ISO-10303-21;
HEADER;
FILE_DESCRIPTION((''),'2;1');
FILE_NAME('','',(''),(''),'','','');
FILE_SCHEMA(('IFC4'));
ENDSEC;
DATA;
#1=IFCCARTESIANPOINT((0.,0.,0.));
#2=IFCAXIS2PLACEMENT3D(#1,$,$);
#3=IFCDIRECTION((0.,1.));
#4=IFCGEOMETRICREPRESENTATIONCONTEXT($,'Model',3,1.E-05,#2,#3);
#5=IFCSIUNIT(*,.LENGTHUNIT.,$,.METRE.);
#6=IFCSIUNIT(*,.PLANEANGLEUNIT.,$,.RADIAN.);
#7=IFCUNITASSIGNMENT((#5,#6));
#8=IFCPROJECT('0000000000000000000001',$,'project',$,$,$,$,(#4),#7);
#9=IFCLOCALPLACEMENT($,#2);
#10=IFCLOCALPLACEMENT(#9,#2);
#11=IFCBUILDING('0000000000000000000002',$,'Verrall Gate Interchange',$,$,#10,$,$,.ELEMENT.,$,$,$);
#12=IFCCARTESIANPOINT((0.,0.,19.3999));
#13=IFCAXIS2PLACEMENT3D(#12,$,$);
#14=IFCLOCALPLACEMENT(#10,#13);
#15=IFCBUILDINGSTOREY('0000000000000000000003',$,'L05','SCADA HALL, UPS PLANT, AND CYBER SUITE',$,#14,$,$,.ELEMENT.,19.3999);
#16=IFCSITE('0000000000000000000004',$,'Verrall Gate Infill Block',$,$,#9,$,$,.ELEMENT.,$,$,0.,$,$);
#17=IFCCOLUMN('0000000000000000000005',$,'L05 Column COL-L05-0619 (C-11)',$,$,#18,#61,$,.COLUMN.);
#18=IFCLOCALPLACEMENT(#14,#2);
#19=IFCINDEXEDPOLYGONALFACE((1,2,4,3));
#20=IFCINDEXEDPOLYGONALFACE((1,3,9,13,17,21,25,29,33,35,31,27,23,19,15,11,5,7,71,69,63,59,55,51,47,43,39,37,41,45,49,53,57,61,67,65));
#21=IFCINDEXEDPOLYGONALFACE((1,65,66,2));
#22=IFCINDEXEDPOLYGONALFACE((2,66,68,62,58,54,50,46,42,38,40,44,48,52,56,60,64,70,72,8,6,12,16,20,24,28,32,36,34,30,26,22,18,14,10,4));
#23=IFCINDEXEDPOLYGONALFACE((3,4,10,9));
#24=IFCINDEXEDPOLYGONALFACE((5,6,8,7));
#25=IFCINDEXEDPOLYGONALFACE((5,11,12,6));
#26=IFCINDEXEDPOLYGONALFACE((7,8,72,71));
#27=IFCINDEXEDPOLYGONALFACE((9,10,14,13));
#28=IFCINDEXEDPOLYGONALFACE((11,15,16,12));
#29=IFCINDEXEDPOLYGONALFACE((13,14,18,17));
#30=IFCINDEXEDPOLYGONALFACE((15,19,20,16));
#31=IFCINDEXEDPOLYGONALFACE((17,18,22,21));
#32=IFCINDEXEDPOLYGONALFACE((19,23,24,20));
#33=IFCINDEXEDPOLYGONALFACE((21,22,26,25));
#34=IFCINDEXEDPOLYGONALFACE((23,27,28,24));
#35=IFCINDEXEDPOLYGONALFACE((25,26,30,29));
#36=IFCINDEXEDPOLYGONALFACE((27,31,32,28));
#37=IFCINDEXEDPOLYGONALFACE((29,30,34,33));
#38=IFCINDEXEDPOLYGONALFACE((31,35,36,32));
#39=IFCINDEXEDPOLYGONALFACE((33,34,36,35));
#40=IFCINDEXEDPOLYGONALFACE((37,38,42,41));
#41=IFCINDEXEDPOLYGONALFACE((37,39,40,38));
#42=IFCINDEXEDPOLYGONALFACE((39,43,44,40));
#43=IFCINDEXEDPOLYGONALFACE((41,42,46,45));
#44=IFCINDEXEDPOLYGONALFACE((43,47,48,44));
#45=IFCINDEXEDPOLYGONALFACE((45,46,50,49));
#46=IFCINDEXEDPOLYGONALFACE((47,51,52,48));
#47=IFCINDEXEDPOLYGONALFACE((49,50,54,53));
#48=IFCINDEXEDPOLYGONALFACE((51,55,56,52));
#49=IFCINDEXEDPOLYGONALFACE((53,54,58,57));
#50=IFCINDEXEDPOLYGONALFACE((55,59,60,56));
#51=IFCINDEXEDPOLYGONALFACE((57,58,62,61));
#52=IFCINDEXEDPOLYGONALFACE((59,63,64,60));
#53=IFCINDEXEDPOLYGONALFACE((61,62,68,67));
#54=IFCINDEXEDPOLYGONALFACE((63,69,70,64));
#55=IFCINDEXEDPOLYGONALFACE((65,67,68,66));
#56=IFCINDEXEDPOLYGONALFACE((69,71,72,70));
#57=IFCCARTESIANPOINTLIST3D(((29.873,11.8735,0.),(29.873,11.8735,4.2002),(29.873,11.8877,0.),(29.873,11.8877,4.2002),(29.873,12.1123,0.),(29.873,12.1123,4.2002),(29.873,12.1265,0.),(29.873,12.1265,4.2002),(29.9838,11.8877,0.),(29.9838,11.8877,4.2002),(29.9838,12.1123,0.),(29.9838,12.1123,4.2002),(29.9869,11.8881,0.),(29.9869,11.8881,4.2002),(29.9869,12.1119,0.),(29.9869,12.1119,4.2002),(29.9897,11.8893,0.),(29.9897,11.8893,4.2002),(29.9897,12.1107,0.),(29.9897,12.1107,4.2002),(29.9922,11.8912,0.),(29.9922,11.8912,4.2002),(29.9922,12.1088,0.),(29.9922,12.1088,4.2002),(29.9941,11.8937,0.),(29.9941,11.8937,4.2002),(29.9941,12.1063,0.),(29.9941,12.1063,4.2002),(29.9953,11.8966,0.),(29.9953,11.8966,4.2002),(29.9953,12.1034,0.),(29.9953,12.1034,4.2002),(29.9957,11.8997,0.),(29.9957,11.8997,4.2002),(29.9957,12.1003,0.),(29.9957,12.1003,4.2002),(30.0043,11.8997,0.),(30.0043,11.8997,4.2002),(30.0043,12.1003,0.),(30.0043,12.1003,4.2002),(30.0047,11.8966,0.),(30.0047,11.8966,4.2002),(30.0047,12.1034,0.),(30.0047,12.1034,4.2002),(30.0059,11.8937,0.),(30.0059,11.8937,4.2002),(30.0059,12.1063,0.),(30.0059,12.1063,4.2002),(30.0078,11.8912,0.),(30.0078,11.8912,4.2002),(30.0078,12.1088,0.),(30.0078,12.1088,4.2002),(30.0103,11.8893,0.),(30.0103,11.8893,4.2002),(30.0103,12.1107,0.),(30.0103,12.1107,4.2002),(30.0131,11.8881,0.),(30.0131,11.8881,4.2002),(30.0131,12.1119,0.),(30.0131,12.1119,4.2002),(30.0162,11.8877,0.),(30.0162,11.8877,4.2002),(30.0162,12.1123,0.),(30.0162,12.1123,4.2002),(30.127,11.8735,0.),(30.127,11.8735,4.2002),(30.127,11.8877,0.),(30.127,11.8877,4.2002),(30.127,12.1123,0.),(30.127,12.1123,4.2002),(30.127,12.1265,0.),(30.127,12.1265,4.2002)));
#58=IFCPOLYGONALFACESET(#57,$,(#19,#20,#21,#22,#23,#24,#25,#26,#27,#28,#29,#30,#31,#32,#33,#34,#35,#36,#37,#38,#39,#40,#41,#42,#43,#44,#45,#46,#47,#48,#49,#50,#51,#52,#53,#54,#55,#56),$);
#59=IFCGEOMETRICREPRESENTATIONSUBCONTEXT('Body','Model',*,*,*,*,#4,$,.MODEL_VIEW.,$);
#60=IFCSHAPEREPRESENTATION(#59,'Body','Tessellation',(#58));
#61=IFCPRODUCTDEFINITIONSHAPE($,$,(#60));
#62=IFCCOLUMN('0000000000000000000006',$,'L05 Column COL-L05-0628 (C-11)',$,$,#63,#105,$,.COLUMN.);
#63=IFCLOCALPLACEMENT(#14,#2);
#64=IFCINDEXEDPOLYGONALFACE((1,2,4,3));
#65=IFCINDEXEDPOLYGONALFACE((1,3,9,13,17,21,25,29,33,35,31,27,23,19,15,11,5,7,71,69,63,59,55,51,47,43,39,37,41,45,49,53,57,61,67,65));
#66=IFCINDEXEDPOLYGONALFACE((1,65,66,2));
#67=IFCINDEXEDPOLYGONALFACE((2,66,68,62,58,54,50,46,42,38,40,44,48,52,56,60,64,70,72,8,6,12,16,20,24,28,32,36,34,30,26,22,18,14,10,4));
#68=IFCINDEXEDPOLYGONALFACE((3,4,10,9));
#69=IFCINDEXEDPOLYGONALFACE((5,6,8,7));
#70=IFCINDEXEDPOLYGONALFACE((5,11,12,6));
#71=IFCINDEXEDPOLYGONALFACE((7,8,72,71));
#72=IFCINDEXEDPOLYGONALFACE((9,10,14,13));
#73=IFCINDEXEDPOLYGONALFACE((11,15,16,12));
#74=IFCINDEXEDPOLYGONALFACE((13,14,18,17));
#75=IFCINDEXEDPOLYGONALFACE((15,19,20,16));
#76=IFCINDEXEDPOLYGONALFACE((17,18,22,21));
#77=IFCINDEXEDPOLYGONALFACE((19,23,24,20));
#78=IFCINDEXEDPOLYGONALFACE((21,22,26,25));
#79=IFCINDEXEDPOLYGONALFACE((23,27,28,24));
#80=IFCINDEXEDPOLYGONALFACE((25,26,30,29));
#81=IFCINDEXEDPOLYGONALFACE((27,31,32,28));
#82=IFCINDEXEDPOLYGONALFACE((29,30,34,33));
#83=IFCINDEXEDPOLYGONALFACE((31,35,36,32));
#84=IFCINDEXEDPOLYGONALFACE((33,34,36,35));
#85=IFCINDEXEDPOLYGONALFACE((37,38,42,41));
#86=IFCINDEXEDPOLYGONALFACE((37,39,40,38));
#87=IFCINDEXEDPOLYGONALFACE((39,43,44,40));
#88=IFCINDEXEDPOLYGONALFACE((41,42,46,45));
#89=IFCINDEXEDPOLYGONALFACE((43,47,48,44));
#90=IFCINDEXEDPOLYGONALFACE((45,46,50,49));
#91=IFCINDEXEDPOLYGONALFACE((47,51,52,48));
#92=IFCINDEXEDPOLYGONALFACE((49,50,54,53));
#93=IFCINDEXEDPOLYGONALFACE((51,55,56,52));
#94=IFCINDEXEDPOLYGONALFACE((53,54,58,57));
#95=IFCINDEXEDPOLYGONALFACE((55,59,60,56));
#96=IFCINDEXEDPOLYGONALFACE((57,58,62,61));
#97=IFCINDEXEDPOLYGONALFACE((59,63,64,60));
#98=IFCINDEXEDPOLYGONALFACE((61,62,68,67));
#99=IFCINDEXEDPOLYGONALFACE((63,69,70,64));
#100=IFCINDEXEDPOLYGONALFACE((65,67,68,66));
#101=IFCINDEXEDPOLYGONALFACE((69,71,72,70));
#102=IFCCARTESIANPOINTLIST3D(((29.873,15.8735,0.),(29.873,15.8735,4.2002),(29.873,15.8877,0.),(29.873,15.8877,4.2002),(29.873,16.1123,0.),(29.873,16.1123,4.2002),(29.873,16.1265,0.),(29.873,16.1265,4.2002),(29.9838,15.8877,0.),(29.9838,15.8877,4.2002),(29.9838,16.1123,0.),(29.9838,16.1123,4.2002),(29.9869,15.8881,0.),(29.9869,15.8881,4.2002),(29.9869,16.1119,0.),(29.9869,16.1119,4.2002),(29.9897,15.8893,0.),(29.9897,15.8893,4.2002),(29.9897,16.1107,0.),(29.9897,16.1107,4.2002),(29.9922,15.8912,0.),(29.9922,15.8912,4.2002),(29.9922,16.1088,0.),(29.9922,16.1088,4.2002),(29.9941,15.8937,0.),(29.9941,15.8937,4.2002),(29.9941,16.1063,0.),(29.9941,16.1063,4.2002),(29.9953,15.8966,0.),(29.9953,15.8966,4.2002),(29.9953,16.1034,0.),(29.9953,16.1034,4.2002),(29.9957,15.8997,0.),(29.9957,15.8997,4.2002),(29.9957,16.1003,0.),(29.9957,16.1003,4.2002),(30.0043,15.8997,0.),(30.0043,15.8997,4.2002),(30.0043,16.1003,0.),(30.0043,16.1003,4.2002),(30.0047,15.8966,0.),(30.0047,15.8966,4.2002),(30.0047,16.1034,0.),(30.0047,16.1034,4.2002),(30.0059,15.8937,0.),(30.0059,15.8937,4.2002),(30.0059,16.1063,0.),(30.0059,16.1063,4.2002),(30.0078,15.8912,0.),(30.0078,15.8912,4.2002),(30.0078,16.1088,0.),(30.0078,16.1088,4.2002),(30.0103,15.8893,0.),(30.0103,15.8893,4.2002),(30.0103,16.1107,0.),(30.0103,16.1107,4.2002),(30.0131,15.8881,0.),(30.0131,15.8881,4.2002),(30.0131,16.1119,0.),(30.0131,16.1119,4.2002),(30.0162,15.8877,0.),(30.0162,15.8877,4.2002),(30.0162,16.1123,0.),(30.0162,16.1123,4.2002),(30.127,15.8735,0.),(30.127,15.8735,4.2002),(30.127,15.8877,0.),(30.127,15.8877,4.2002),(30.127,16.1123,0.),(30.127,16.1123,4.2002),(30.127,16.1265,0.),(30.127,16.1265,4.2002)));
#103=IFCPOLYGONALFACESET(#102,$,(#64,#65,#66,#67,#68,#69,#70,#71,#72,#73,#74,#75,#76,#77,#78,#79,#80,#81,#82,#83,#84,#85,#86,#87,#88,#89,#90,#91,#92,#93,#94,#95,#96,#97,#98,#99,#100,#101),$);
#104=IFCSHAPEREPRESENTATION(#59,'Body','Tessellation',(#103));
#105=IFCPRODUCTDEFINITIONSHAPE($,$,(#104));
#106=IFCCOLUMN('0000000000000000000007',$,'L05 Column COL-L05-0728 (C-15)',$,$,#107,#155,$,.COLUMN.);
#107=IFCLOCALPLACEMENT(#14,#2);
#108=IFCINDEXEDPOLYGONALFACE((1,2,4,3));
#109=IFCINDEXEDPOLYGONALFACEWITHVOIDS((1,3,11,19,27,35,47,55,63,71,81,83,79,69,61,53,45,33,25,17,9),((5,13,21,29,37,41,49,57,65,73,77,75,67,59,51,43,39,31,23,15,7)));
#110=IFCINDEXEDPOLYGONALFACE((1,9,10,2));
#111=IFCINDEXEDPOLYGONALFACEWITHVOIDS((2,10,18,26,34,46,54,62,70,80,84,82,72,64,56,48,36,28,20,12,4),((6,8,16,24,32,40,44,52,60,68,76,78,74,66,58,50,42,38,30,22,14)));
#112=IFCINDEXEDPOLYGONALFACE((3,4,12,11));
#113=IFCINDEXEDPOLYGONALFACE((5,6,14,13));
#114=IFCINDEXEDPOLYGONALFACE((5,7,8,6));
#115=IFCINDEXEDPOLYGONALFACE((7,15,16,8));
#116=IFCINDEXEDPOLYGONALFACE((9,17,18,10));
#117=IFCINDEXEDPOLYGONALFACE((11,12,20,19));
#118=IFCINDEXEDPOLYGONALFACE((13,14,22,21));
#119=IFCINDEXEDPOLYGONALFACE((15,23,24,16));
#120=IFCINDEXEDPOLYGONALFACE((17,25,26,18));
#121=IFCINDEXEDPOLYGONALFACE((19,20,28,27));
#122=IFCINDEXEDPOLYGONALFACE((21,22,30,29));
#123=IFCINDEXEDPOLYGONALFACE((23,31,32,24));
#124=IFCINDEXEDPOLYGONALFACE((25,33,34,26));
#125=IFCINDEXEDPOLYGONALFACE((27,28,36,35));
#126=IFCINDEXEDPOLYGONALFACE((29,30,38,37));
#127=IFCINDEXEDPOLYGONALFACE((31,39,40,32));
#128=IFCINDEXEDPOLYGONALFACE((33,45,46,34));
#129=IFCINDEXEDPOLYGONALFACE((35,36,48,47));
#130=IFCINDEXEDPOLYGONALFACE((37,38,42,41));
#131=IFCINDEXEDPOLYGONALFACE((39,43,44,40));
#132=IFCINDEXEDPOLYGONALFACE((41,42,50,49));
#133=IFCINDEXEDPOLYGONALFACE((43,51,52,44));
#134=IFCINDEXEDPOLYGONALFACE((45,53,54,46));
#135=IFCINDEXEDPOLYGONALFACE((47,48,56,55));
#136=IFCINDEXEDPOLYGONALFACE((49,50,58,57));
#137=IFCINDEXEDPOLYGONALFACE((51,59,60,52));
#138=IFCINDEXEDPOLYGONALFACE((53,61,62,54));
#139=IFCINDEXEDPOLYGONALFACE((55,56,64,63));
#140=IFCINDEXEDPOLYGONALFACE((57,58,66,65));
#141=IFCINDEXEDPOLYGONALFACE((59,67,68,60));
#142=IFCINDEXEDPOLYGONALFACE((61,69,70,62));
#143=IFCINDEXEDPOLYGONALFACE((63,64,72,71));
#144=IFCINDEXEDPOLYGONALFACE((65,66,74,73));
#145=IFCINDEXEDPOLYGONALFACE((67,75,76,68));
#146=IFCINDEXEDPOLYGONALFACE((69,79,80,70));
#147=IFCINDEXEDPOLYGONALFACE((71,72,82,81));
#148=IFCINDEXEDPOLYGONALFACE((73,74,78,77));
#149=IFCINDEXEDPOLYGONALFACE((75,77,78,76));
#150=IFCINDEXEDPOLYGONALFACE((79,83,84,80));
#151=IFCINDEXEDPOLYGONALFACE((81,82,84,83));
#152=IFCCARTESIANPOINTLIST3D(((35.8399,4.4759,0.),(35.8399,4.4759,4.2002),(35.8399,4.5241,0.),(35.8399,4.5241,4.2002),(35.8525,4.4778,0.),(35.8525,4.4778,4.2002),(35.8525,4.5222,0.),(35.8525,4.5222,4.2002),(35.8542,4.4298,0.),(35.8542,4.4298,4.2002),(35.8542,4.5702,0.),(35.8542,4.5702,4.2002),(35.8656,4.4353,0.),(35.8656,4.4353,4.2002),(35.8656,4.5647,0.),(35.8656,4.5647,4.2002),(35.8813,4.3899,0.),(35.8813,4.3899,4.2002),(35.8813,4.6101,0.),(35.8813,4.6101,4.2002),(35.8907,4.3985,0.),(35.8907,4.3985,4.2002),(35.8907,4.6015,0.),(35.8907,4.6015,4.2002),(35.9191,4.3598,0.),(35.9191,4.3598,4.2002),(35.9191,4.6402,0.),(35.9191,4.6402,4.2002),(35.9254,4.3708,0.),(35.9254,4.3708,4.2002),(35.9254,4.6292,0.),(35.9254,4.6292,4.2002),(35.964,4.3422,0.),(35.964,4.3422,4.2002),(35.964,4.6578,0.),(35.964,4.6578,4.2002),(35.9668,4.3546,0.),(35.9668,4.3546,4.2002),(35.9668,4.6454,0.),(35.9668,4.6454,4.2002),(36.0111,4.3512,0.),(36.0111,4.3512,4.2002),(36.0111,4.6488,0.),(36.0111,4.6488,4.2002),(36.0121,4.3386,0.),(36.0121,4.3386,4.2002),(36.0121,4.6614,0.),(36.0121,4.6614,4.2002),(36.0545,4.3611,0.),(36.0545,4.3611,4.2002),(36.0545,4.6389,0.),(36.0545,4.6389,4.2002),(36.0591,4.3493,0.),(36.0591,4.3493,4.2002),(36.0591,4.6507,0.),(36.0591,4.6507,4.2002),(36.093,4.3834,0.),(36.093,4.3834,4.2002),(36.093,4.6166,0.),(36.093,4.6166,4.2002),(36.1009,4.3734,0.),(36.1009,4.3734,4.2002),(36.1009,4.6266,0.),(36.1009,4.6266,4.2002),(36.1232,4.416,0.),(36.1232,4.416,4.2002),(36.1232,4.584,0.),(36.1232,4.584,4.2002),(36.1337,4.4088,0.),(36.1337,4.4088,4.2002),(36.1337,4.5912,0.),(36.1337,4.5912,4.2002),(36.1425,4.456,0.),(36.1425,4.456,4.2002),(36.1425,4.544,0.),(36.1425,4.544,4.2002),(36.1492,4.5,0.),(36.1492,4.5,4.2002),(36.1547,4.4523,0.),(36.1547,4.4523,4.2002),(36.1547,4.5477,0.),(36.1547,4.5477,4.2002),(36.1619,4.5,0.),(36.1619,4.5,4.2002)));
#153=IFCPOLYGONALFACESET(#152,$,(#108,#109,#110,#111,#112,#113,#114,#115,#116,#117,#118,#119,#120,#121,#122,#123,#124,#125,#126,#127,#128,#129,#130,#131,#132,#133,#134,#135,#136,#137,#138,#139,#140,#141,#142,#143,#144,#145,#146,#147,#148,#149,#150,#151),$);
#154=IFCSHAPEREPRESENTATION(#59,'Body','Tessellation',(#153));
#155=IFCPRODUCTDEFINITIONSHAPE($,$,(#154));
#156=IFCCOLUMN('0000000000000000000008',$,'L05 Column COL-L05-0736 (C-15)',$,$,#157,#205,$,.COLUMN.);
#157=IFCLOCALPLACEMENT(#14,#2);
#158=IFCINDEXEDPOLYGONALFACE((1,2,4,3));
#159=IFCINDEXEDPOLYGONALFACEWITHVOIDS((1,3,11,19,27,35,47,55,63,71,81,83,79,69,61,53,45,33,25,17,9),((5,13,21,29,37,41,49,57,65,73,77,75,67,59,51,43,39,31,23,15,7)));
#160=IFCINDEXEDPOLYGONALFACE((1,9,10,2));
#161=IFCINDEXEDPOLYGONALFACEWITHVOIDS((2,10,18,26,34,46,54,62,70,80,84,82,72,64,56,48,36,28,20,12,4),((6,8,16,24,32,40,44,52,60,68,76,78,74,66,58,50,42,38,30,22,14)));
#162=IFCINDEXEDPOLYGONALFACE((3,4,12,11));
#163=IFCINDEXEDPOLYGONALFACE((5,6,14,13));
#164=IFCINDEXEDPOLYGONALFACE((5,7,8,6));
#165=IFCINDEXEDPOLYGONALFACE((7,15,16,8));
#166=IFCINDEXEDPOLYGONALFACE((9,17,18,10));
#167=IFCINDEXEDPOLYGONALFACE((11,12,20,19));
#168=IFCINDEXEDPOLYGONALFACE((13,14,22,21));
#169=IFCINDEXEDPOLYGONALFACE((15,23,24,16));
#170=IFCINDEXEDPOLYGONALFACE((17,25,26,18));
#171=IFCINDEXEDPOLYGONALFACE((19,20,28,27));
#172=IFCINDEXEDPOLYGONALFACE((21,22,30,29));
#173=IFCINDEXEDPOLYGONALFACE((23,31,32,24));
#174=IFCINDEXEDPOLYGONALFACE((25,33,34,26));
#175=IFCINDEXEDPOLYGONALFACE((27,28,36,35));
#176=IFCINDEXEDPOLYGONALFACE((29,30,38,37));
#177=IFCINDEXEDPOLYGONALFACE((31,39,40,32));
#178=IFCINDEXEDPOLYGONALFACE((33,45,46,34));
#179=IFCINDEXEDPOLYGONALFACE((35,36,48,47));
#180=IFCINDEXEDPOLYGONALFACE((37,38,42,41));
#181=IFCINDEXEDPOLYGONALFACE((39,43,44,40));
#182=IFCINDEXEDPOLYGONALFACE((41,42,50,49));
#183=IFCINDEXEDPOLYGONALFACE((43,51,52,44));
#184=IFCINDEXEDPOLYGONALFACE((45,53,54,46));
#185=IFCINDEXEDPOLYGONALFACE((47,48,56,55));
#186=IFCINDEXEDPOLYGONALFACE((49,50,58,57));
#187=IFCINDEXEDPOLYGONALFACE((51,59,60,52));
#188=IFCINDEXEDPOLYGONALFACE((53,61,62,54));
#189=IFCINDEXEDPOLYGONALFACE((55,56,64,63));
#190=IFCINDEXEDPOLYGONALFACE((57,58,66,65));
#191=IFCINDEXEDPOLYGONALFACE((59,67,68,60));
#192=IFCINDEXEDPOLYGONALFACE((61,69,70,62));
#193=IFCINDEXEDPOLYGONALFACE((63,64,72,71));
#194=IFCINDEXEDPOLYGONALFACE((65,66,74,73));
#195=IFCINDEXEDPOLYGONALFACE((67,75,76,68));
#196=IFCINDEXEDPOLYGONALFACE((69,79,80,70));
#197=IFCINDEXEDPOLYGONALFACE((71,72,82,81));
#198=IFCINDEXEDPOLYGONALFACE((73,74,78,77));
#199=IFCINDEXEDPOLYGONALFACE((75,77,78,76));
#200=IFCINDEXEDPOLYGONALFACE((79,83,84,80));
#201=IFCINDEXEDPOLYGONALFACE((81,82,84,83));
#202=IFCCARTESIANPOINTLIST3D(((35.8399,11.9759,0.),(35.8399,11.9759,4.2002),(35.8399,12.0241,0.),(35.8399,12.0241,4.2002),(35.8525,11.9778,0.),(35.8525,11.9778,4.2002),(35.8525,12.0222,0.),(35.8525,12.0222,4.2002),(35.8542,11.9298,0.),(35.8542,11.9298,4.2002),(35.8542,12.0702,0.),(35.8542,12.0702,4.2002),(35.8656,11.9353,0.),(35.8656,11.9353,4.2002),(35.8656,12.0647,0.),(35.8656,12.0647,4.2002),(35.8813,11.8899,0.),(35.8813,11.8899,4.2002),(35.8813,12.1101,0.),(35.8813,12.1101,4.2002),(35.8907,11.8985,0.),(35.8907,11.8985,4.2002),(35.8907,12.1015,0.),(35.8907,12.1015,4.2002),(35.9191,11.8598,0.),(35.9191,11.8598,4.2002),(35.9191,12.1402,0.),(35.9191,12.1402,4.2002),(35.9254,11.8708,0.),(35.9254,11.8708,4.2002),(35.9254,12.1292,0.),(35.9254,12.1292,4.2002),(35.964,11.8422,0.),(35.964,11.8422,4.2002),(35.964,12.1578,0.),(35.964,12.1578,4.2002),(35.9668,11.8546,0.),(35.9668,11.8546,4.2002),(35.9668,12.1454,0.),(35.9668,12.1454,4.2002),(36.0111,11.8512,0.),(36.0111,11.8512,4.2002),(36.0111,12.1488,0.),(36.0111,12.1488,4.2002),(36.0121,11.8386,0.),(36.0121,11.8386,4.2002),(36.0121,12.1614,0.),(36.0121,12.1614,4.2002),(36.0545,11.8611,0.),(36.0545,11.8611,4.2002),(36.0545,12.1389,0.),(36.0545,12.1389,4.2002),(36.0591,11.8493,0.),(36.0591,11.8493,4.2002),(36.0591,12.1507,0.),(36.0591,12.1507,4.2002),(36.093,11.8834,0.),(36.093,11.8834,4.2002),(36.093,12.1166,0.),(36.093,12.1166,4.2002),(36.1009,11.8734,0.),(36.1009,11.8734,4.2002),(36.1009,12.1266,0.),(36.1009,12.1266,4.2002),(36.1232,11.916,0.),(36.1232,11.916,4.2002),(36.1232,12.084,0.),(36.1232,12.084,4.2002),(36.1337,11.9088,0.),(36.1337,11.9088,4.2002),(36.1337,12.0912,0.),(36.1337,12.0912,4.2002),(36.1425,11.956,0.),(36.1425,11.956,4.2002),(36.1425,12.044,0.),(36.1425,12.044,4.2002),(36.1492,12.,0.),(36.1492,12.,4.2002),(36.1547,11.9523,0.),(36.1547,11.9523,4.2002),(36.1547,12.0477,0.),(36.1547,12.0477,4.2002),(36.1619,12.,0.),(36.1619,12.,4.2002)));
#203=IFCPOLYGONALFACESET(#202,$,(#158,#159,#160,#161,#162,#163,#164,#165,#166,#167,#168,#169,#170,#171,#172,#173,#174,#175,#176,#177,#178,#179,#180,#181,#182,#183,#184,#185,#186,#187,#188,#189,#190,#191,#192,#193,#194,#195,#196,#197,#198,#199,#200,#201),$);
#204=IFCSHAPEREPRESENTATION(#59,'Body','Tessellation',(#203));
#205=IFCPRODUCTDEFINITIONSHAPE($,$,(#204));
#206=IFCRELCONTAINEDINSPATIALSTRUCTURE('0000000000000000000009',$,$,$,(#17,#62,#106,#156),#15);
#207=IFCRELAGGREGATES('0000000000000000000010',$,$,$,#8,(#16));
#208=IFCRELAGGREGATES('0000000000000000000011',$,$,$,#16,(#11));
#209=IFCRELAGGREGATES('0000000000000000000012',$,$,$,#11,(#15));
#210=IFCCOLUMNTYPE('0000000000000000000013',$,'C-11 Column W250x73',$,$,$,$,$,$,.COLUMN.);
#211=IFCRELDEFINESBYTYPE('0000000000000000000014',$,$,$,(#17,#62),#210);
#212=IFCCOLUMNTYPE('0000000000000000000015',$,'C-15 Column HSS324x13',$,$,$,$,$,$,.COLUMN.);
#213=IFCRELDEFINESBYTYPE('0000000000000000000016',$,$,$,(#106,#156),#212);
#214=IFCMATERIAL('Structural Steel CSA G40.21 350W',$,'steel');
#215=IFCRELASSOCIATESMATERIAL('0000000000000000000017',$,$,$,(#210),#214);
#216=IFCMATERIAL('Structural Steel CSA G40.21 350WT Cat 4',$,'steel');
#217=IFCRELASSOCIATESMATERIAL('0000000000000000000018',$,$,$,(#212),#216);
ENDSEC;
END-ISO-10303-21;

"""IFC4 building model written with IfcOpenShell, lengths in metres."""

from ifc_helpers import new_model, si_unit, direction, frame, origin, origin_2d, place, context, subcontext, project, spatial, hollow_circle, i_section, extrude, material, material_profile, profile_set, type_object, element, save


model = new_model("IFC4")

# Units and contexts
model_context = context("Model", 3, precision=1e-05, world=origin(), true_north=direction((0.0, 1.0)))
body_context = subcontext(model_context, "Body", "Model", "MODEL_VIEW")
ifc_project = project(units=[si_unit("LENGTHUNIT", "METRE"), si_unit("PLANEANGLEUNIT", "RADIAN")], contexts=[model_context])

# Site, building, storey
site_placement = place(None, origin())
site = spatial("IfcSite", under=ifc_project, at=site_placement, Name="Verrall Gate Infill Block", CompositionType="ELEMENT", RefElevation=0.0)
building_placement = place(site_placement, origin())
building = spatial("IfcBuilding", under=site, at=building_placement, Name="Verrall Gate Interchange", CompositionType="ELEMENT")
storey_placement = place(building_placement, frame((0.0, 0.0, 19.3999)))
storey = spatial("IfcBuildingStorey", under=building, at=storey_placement, Name="L05", Description="SCADA HALL, UPS PLANT, AND CYBER SUITE", CompositionType="ELEMENT", Elevation=19.3999)

# Columns
ifc_material_1 = material(Name="Structural Steel CSA G40.21 350W", Category="steel")
ifc_material_profile_1 = material_profile(ifc_material_1, i_section(OverallWidth=0.2539, OverallDepth=0.2529, WebThickness=0.0085, FlangeThickness=0.0142, FilletRadius=0.012, at=origin_2d()), Name="W250x73")
ifc_profile_set_1 = profile_set([ifc_material_profile_1], Name="Structural Steel CSA G40.21 350W")
column_type_1 = type_object("IfcColumnType", Name="C-11 Column W250x73", PredefinedType="COLUMN", material=ifc_profile_set_1)
for number, where, z_axis, x_axis, name in (
    (1, (30.0, 12.0, 0.0), (0.0, 0.0, 1.0), (1.0, 0.0, 0.0), "L05 Column COL-L05-0619 (C-11)"),
    (2, (30.0, 16.0, 0.0), (0.0, 0.0, 1.0), (1.0, 0.0, 0.0), "L05 Column COL-L05-0628 (C-11)"),
):
    element("IfcColumn", number, at=place(storey_placement, frame(where, z_axis=z_axis, x_axis=x_axis)), inside=storey, type_object=column_type_1, Name=name, PredefinedType="COLUMN", context=body_context, shape_type="SweptSolid", body=[
        extrude(i_section(OverallWidth=0.2539, OverallDepth=0.2529, WebThickness=0.0085, FlangeThickness=0.0142, FilletRadius=0.012, at=origin_2d()), origin(), (0.0, 0.0, 1.0), 4.2002),
    ])
ifc_material_2 = material(Name="Structural Steel CSA G40.21 350WT Cat 4", Category="steel")
ifc_material_profile_2 = material_profile(ifc_material_2, hollow_circle(Radius=0.1619, WallThickness=0.0127, at=origin_2d()), Name="HSS324x13")
ifc_profile_set_2 = profile_set([ifc_material_profile_2], Name="Structural Steel CSA G40.21 350WT Cat 4")
column_type_2 = type_object("IfcColumnType", Name="C-15 Column HSS324x13", PredefinedType="COLUMN", material=ifc_profile_set_2)
for number, where, z_axis, x_axis, name in (
    (3, (36.0, 4.5, 0.0), (0.0, 0.0, 1.0), (1.0, 0.0, 0.0), "L05 Column COL-L05-0728 (C-15)"),
    (4, (36.0, 12.0, 0.0), (0.0, 0.0, 1.0), (1.0, 0.0, 0.0), "L05 Column COL-L05-0736 (C-15)"),
):
    element("IfcColumn", number, at=place(storey_placement, frame(where, z_axis=z_axis, x_axis=x_axis)), inside=storey, type_object=column_type_2, Name=name, PredefinedType="COLUMN", context=body_context, shape_type="SweptSolid", body=[
        extrude(hollow_circle(Radius=0.1619, WallThickness=0.0127, at=origin_2d()), origin(), (0.0, 0.0, 1.0), 4.2002),
    ])

save(model, "model.ifc")
